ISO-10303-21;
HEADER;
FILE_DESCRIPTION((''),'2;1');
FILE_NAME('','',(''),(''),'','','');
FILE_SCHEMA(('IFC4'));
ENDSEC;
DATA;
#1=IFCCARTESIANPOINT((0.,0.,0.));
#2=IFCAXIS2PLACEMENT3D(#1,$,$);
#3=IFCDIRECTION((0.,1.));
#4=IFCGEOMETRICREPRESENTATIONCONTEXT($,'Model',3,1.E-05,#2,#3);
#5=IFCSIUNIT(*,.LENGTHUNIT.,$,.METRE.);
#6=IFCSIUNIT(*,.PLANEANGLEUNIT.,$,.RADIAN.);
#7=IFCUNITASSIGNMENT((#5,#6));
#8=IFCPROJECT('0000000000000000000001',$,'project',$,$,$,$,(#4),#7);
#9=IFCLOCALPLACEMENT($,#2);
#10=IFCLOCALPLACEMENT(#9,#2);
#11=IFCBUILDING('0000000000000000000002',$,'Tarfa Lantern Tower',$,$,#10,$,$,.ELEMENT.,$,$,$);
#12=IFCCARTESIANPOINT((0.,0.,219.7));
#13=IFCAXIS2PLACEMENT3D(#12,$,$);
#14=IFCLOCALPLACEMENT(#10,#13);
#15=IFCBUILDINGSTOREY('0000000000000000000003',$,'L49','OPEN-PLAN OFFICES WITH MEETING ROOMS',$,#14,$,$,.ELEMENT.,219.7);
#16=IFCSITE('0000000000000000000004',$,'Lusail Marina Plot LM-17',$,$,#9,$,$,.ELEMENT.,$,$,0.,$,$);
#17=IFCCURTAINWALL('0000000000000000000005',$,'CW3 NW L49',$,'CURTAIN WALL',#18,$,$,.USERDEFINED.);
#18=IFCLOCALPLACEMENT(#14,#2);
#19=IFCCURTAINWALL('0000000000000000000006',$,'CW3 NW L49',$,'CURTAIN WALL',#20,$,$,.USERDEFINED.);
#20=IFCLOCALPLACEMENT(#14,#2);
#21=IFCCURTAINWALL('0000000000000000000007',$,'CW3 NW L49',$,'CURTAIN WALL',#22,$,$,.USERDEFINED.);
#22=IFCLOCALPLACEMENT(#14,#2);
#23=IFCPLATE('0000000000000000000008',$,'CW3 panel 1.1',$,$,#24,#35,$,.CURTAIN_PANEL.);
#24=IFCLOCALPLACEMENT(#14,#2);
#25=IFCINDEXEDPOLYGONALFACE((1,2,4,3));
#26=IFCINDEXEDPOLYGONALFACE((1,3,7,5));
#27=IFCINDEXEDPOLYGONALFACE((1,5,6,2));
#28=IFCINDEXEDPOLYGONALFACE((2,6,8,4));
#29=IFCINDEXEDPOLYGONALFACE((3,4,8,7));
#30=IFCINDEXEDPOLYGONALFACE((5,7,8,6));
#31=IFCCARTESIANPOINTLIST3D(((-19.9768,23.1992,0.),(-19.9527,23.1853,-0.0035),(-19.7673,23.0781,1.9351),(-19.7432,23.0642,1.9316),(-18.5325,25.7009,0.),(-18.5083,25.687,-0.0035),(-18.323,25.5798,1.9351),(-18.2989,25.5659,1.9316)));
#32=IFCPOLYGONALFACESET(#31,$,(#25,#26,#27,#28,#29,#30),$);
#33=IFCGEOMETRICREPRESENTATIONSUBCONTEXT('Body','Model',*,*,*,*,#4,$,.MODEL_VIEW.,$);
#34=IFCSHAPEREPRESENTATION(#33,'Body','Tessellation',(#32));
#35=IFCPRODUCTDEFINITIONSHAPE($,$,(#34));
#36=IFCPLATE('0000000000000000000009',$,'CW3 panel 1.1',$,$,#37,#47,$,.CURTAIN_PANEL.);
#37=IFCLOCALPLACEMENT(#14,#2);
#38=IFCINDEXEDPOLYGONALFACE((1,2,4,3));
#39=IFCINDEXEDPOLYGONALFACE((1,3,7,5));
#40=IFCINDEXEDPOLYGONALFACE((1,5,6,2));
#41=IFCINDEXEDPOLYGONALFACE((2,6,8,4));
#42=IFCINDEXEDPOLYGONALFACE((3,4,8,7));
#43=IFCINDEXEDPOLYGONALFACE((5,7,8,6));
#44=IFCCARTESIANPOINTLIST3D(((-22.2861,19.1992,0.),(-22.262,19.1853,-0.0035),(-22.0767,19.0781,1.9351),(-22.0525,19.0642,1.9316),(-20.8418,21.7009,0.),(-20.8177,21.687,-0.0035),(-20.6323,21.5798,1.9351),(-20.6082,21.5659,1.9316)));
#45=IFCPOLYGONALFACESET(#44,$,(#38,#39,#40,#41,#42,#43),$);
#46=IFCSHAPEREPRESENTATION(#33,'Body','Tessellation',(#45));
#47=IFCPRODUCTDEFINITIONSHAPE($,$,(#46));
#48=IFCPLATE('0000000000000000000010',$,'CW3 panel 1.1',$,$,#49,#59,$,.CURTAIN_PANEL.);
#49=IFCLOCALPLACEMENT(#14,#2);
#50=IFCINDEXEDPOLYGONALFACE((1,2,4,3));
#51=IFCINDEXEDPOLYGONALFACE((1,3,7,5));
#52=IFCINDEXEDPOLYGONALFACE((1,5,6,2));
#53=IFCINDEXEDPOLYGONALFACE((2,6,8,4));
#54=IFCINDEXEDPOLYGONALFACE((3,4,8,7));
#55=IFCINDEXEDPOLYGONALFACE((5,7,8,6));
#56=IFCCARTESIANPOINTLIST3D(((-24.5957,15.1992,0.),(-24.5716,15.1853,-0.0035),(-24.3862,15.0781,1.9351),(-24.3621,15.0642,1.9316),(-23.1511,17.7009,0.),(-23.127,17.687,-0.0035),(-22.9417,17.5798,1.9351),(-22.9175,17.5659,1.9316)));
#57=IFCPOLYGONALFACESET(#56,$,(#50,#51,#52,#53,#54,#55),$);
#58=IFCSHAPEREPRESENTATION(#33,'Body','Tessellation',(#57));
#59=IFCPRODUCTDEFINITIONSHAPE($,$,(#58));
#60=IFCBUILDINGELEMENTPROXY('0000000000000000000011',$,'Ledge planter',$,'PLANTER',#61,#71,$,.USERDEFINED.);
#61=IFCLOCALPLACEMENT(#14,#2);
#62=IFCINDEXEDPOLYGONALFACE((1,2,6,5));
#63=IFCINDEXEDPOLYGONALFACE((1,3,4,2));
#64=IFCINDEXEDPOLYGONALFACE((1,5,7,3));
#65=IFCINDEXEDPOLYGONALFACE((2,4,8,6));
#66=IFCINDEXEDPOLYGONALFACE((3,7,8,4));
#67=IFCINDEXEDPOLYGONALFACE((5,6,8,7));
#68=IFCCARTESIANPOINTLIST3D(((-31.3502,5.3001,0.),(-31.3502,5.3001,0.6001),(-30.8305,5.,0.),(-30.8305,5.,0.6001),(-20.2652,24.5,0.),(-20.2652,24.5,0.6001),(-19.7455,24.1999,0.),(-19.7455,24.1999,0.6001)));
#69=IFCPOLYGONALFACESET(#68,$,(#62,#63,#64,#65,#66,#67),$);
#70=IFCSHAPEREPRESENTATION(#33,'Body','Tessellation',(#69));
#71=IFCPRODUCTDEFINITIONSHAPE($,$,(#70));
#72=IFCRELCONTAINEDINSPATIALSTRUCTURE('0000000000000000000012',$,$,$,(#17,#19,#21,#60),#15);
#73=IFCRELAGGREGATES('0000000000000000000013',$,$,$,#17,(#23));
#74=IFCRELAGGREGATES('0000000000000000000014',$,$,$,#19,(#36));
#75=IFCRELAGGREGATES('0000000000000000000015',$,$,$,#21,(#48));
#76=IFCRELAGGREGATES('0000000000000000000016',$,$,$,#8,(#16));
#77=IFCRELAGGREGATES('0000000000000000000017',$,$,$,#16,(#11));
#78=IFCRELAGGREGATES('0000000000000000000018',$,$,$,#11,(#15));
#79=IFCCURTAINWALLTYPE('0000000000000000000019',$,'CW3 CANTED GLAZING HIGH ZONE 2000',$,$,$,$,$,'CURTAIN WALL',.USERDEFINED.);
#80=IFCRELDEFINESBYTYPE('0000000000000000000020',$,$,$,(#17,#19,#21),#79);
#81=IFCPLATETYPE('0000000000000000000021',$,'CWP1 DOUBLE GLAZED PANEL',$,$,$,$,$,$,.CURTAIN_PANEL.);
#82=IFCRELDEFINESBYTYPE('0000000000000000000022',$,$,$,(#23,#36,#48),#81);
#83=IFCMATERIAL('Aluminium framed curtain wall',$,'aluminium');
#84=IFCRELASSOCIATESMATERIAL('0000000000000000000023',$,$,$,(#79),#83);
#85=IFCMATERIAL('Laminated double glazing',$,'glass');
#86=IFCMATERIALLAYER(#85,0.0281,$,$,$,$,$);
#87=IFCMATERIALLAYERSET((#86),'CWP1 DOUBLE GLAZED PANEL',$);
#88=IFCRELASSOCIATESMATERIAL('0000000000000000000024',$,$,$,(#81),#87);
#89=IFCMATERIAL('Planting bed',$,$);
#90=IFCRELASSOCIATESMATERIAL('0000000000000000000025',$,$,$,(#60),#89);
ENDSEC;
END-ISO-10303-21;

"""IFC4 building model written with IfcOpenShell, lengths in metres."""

from ifc_helpers import new_model, si_unit, direction, frame, origin, origin_2d, place, context, subcontext, project, spatial, polyline, rectangle, outline, extrude, material, layer, layer_set, type_object, element, aggregate, save


model = new_model("IFC4")

# Units and contexts
model_context = context("Model", 3, precision=1e-05, world=origin(), true_north=direction((0.0, 1.0)))
body_context = subcontext(model_context, "Body", "Model", "MODEL_VIEW")
ifc_project = project(units=[si_unit("LENGTHUNIT", "METRE"), si_unit("PLANEANGLEUNIT", "RADIAN")], contexts=[model_context])

# Site, building, storey
site_placement = place(None, origin())
site = spatial("IfcSite", under=ifc_project, at=site_placement, Name="Lusail Marina Plot LM-17", CompositionType="ELEMENT", RefElevation=0.0)
building_placement = place(site_placement, origin())
building = spatial("IfcBuilding", under=site, at=building_placement, Name="Tarfa Lantern Tower", CompositionType="ELEMENT")
storey_placement = place(building_placement, frame((0.0, 0.0, 219.7)))
storey = spatial("IfcBuildingStorey", under=building, at=storey_placement, Name="L49", Description="OPEN-PLAN OFFICES WITH MEETING ROOMS", CompositionType="ELEMENT", Elevation=219.7)

# Curtain wall
ifc_material_1 = material(Name="Aluminium framed curtain wall", Category="aluminium")
curtain_wall_type = type_object("IfcCurtainWallType", Name="CW3 CANTED GLAZING HIGH ZONE 2000", ElementType="CURTAIN WALL", PredefinedType="USERDEFINED", material=ifc_material_1)
curtain_wall_1_placement = place(storey_placement, origin())
curtain_wall_1 = element("IfcCurtainWall", 1, at=curtain_wall_1_placement, inside=storey, type_object=curtain_wall_type, Name="CW3 NW L49", ObjectType="CURTAIN WALL", PredefinedType="USERDEFINED")

# Curtain walls
curtain_wall_2_placement = place(storey_placement, origin())
curtain_wall_2 = element("IfcCurtainWall", 2, at=curtain_wall_2_placement, inside=storey, type_object=curtain_wall_type, Name="CW3 NW L49", ObjectType="CURTAIN WALL", PredefinedType="USERDEFINED")
curtain_wall_3_placement = place(storey_placement, origin())
curtain_wall_3 = element("IfcCurtainWall", 3, at=curtain_wall_3_placement, inside=storey, type_object=curtain_wall_type, Name="CW3 NW L49", ObjectType="CURTAIN WALL", PredefinedType="USERDEFINED")

# Plates
ifc_material_2 = material(Name="Laminated double glazing", Category="glass")
ifc_layer = layer(ifc_material_2, 0.0281)
ifc_layer_set = layer_set([ifc_layer], Name="CWP1 DOUBLE GLAZED PANEL")
plate_type = type_object("IfcPlateType", Name="CWP1 DOUBLE GLAZED PANEL", PredefinedType="CURTAIN_PANEL", material=ifc_layer_set)
plate_1_placement = place(storey_placement, frame((-18.5325, 25.7009, 0.0), z_axis=(-0.859338, 0.49613, 0.124072), x_axis=(-0.499993, -0.866029, 0.0)))
plate_1 = element("IfcPlate", 4, at=plate_1_placement, type_object=plate_type, Name="CW3 panel 1.1", PredefinedType="CURTAIN_PANEL", context=body_context, shape_type="SweptSolid", body=[
    extrude(outline(polyline([(0.0, 0.0), (2.8887, 0.0), (2.8888, 1.9501), (0.0001, 1.9501), (0.0, 0.0)])), origin(), (0.0, 0.0, -1.0), 0.0281),
])
aggregate(curtain_wall_1, [plate_1])
plate_2_placement = place(storey_placement, frame((-20.8418, 21.7009, 0.0), z_axis=(-0.859338, 0.49613, 0.124072), x_axis=(-0.499993, -0.866029, 0.0)))
plate_2 = element("IfcPlate", 5, at=plate_2_placement, type_object=plate_type, Name="CW3 panel 1.1", PredefinedType="CURTAIN_PANEL", context=body_context, shape_type="SweptSolid", body=[
    extrude(outline(polyline([(0.0, 0.0), (2.8887, 0.0), (2.8888, 1.9501), (0.0001, 1.9501), (0.0, 0.0)])), origin(), (0.0, 0.0, -1.0), 0.0281),
])
aggregate(curtain_wall_2, [plate_2])
plate_3_placement = place(storey_placement, frame((-23.1511, 17.7009, 0.0), z_axis=(-0.859301, 0.496193, 0.124072), x_axis=(-0.500057, -0.865993, 0.0)))
plate_3 = element("IfcPlate", 6, at=plate_3_placement, type_object=plate_type, Name="CW3 panel 1.1", PredefinedType="CURTAIN_PANEL", context=body_context, shape_type="SweptSolid", body=[
    extrude(outline(polyline([(0.0, 0.0), (2.8888, 0.0), (2.889, 1.9501), (0.0001, 1.9501), (0.0, 0.0)])), origin(), (0.0, 0.0, -1.0), 0.0281),
])
aggregate(curtain_wall_3, [plate_3])

# Building element proxy
ifc_material_3 = material(Name="Planting bed")
proxy_placement = place(storey_placement, frame((-25.5479, 14.75, 0.0), z_axis=(0.0, 0.0, 1.0), x_axis=(-0.5, -0.866025, 0.0)))
element("IfcBuildingElementProxy", 7, at=proxy_placement, inside=storey, material=ifc_material_3, Name="Ledge planter", ObjectType="PLANTER", PredefinedType="USERDEFINED", context=body_context, shape_type="SweptSolid", body=[
    extrude(rectangle(XDim=22.1702, YDim=0.6001, at=origin_2d()), origin(), (0.0, 0.0, 1.0), 0.6001),
])

save(model, "model.ifc")
